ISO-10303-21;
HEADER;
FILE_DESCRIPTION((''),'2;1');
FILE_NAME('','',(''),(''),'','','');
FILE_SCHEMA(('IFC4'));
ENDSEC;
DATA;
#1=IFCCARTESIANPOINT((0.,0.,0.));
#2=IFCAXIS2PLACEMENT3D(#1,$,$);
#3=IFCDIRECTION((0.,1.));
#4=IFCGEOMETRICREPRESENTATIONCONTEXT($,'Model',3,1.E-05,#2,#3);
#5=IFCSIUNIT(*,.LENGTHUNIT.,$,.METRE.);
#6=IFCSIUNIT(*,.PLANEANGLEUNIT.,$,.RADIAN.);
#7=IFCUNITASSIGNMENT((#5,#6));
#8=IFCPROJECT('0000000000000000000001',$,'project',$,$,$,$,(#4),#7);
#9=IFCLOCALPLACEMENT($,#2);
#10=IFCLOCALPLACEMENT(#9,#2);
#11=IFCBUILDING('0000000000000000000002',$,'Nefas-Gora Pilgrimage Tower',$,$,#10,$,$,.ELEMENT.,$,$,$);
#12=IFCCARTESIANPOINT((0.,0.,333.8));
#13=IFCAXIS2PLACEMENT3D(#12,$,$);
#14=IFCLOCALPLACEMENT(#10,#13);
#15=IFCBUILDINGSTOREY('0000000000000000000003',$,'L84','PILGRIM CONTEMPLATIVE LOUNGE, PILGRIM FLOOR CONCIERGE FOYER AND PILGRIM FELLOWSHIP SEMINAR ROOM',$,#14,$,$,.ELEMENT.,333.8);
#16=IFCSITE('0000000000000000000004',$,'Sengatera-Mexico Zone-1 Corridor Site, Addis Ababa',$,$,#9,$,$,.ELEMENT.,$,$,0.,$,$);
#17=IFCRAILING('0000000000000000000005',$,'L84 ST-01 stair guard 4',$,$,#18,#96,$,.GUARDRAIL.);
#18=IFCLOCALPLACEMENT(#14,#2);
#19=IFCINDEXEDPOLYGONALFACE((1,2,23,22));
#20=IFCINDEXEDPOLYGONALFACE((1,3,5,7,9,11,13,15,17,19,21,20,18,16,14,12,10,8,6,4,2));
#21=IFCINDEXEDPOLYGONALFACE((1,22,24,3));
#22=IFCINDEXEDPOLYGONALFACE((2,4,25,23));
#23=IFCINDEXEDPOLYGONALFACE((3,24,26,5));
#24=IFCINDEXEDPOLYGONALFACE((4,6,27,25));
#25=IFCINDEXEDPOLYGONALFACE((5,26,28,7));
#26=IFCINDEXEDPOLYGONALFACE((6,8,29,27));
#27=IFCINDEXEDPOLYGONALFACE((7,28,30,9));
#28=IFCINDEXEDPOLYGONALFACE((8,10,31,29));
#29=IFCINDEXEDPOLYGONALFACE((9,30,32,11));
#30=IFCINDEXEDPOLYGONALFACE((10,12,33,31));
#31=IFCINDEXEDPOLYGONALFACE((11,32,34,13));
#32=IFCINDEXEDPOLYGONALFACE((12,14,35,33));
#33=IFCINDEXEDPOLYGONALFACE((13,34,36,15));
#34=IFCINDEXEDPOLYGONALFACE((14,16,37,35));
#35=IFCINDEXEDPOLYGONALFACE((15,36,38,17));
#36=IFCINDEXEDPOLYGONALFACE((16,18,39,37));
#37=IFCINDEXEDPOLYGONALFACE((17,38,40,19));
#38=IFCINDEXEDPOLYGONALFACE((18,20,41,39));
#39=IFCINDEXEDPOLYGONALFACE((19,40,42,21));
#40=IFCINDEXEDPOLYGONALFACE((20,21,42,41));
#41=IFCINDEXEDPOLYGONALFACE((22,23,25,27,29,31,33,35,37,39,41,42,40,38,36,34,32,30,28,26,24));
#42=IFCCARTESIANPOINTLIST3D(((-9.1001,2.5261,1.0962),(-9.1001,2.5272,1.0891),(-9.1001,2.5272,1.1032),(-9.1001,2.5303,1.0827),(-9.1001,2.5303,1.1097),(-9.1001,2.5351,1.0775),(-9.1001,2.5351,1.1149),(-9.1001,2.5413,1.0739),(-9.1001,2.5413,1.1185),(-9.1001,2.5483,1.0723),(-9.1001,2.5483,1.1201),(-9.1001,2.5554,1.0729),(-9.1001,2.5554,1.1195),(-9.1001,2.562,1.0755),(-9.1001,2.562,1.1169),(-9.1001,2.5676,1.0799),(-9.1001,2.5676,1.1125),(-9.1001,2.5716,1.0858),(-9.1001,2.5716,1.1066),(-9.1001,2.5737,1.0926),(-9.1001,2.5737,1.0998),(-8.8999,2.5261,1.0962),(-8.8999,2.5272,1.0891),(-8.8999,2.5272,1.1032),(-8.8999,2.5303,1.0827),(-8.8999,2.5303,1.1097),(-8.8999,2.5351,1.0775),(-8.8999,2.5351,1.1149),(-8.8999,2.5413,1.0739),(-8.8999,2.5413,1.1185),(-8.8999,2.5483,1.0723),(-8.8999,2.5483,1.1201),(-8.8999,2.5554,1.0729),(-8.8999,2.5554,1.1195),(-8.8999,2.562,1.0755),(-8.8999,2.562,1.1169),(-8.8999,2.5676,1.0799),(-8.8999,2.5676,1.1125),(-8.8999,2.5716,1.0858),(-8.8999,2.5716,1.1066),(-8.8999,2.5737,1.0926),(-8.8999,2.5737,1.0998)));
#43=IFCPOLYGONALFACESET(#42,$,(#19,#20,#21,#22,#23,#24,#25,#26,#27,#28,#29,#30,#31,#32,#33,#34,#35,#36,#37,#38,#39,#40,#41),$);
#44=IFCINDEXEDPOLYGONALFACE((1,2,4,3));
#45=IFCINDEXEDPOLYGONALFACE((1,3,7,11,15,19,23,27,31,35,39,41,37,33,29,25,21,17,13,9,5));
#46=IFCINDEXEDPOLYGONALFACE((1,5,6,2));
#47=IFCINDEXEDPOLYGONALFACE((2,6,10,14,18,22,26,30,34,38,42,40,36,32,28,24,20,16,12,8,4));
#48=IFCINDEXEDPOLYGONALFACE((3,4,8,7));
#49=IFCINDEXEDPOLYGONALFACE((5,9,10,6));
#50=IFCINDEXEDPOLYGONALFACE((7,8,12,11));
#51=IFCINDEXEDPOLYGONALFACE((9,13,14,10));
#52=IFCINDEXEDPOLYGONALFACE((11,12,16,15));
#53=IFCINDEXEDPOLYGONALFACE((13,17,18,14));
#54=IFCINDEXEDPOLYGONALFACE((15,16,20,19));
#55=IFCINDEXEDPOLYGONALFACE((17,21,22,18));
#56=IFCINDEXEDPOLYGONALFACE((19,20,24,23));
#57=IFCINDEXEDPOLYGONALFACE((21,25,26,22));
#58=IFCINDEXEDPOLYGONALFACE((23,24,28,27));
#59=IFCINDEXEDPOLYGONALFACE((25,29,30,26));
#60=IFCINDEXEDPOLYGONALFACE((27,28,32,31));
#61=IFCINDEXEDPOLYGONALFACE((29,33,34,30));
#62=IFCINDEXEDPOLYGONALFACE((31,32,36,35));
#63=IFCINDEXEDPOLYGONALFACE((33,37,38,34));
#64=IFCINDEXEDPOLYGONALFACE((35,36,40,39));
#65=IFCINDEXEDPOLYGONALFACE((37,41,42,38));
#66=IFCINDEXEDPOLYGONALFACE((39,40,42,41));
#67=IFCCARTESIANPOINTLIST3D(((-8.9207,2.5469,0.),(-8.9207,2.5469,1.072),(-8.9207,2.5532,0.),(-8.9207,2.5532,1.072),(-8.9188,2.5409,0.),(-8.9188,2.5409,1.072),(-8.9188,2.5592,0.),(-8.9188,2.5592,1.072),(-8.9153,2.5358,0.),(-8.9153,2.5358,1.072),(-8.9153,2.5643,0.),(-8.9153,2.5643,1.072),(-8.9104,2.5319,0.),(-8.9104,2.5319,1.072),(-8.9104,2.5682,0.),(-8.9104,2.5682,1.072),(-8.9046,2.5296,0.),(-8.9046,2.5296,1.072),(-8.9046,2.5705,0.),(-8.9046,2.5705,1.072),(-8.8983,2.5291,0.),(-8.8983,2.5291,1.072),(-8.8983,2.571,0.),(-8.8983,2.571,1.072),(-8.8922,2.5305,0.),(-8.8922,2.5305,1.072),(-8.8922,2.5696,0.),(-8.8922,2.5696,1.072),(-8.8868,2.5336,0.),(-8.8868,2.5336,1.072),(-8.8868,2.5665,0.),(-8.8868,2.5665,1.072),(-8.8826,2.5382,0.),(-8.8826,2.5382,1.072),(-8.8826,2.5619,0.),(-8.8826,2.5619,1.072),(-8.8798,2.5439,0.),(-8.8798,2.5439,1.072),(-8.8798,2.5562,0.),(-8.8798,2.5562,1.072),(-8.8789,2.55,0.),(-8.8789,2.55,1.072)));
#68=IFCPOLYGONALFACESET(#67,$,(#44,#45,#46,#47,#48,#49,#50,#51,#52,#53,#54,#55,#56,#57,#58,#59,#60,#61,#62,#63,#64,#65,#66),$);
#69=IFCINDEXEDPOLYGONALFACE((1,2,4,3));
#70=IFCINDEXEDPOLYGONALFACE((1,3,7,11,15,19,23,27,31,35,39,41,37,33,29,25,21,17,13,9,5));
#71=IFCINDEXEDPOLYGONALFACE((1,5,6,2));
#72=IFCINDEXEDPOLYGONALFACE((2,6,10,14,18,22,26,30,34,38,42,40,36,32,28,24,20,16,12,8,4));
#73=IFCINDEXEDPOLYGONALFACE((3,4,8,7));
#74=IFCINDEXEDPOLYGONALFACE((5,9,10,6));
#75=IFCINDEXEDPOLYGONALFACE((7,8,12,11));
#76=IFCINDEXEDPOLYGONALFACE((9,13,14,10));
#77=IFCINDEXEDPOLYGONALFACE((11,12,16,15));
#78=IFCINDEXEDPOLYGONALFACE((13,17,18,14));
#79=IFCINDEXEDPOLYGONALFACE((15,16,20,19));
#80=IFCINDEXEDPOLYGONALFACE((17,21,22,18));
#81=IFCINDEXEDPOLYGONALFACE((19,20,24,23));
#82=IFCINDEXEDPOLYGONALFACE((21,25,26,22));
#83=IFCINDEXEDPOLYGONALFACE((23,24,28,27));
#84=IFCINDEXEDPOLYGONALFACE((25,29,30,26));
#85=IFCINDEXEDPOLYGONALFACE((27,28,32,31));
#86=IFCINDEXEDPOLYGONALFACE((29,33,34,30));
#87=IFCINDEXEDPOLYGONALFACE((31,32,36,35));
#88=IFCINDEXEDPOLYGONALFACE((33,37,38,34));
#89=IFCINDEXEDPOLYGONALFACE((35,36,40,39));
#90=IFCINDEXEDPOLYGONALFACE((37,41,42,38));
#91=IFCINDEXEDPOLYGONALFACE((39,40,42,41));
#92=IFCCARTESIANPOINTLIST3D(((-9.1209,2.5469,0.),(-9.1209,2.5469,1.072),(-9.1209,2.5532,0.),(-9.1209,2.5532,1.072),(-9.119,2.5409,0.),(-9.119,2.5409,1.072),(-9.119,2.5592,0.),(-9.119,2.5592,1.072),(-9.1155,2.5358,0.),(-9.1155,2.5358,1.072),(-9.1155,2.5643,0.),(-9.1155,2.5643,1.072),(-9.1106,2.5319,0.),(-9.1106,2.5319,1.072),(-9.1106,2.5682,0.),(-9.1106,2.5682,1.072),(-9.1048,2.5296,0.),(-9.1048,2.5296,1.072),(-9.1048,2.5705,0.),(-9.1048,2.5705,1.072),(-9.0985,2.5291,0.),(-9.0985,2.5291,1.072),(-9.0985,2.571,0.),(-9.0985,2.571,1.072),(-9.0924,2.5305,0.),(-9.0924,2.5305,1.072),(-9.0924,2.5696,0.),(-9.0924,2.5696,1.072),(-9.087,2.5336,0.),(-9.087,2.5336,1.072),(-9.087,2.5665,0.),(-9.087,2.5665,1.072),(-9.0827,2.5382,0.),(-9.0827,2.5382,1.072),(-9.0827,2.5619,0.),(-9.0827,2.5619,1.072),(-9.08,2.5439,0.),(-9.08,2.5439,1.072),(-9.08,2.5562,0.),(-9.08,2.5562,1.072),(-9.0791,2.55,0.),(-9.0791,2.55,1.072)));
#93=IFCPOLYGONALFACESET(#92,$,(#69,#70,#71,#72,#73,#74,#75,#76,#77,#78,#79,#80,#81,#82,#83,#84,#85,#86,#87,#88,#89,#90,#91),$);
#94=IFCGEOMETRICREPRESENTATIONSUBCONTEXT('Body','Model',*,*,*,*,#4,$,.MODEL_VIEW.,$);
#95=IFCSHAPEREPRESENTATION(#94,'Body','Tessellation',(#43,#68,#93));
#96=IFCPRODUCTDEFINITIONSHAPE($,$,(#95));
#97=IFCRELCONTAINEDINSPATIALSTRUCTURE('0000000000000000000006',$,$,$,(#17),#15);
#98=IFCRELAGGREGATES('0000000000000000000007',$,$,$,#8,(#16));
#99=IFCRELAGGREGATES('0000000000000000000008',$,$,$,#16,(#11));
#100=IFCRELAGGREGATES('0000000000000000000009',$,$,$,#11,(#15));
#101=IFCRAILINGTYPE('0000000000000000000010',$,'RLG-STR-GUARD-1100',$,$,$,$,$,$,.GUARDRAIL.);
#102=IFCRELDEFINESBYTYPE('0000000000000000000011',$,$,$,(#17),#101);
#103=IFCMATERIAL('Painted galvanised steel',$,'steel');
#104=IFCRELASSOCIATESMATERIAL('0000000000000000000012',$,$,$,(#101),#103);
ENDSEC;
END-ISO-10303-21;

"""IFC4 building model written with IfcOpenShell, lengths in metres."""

from ifc_helpers import new_model, si_unit, direction, frame, origin, origin_2d, place, context, subcontext, project, spatial, circle, extrude, material, type_object, element, save


model = new_model("IFC4")

# Units and contexts
model_context = context("Model", 3, precision=1e-05, world=origin(), true_north=direction((0.0, 1.0)))
body_context = subcontext(model_context, "Body", "Model", "MODEL_VIEW")
ifc_project = project(units=[si_unit("LENGTHUNIT", "METRE"), si_unit("PLANEANGLEUNIT", "RADIAN")], contexts=[model_context])

# Site, building, storey
site_placement = place(None, origin())
site = spatial("IfcSite", under=ifc_project, at=site_placement, Name="Sengatera-Mexico Zone-1 Corridor Site, Addis Ababa", CompositionType="ELEMENT", RefElevation=0.0)
building_placement = place(site_placement, origin())
building = spatial("IfcBuilding", under=site, at=building_placement, Name="Nefas-Gora Pilgrimage Tower", CompositionType="ELEMENT")
storey_placement = place(building_placement, frame((0.0, 0.0, 333.8)))
storey = spatial("IfcBuildingStorey", under=building, at=storey_placement, Name="L84", Description="PILGRIM CONTEMPLATIVE LOUNGE, PILGRIM FLOOR CONCIERGE FOYER AND PILGRIM FELLOWSHIP SEMINAR ROOM", CompositionType="ELEMENT", Elevation=333.8)

# Railing
ifc_material_1 = material(Name="Painted galvanised steel", Category="steel")
railing_type_1 = type_object("IfcRailingType", Name="RLG-STR-GUARD-1100", PredefinedType="GUARDRAIL", material=ifc_material_1)
railing_1_placement = place(storey_placement, frame((-8.8999, 2.55, 0.0)))
element("IfcRailing", 1, at=railing_1_placement, inside=storey, type_object=railing_type_1, Name="L84 ST-01 stair guard 4", PredefinedType="GUARDRAIL", context=body_context, shape_type="SweptSolid", body=[
    extrude(circle(Radius=0.0239, at=origin_2d()), frame((0.0, 0.0, 1.0962), z_axis=(-1.0, 0.0, 0.0), x_axis=(0.0, -1.0, 0.0)), (0.0, 0.0, 1.0), 0.2002),
    extrude(circle(Radius=0.021, at=origin_2d()), origin(), (0.0, 0.0, 1.0), 1.072),
    extrude(circle(Radius=0.021, at=origin_2d()), frame((-0.2002, 0.0, 0.0)), (0.0, 0.0, 1.0), 1.072),
])

save(model, "model.ifc")
